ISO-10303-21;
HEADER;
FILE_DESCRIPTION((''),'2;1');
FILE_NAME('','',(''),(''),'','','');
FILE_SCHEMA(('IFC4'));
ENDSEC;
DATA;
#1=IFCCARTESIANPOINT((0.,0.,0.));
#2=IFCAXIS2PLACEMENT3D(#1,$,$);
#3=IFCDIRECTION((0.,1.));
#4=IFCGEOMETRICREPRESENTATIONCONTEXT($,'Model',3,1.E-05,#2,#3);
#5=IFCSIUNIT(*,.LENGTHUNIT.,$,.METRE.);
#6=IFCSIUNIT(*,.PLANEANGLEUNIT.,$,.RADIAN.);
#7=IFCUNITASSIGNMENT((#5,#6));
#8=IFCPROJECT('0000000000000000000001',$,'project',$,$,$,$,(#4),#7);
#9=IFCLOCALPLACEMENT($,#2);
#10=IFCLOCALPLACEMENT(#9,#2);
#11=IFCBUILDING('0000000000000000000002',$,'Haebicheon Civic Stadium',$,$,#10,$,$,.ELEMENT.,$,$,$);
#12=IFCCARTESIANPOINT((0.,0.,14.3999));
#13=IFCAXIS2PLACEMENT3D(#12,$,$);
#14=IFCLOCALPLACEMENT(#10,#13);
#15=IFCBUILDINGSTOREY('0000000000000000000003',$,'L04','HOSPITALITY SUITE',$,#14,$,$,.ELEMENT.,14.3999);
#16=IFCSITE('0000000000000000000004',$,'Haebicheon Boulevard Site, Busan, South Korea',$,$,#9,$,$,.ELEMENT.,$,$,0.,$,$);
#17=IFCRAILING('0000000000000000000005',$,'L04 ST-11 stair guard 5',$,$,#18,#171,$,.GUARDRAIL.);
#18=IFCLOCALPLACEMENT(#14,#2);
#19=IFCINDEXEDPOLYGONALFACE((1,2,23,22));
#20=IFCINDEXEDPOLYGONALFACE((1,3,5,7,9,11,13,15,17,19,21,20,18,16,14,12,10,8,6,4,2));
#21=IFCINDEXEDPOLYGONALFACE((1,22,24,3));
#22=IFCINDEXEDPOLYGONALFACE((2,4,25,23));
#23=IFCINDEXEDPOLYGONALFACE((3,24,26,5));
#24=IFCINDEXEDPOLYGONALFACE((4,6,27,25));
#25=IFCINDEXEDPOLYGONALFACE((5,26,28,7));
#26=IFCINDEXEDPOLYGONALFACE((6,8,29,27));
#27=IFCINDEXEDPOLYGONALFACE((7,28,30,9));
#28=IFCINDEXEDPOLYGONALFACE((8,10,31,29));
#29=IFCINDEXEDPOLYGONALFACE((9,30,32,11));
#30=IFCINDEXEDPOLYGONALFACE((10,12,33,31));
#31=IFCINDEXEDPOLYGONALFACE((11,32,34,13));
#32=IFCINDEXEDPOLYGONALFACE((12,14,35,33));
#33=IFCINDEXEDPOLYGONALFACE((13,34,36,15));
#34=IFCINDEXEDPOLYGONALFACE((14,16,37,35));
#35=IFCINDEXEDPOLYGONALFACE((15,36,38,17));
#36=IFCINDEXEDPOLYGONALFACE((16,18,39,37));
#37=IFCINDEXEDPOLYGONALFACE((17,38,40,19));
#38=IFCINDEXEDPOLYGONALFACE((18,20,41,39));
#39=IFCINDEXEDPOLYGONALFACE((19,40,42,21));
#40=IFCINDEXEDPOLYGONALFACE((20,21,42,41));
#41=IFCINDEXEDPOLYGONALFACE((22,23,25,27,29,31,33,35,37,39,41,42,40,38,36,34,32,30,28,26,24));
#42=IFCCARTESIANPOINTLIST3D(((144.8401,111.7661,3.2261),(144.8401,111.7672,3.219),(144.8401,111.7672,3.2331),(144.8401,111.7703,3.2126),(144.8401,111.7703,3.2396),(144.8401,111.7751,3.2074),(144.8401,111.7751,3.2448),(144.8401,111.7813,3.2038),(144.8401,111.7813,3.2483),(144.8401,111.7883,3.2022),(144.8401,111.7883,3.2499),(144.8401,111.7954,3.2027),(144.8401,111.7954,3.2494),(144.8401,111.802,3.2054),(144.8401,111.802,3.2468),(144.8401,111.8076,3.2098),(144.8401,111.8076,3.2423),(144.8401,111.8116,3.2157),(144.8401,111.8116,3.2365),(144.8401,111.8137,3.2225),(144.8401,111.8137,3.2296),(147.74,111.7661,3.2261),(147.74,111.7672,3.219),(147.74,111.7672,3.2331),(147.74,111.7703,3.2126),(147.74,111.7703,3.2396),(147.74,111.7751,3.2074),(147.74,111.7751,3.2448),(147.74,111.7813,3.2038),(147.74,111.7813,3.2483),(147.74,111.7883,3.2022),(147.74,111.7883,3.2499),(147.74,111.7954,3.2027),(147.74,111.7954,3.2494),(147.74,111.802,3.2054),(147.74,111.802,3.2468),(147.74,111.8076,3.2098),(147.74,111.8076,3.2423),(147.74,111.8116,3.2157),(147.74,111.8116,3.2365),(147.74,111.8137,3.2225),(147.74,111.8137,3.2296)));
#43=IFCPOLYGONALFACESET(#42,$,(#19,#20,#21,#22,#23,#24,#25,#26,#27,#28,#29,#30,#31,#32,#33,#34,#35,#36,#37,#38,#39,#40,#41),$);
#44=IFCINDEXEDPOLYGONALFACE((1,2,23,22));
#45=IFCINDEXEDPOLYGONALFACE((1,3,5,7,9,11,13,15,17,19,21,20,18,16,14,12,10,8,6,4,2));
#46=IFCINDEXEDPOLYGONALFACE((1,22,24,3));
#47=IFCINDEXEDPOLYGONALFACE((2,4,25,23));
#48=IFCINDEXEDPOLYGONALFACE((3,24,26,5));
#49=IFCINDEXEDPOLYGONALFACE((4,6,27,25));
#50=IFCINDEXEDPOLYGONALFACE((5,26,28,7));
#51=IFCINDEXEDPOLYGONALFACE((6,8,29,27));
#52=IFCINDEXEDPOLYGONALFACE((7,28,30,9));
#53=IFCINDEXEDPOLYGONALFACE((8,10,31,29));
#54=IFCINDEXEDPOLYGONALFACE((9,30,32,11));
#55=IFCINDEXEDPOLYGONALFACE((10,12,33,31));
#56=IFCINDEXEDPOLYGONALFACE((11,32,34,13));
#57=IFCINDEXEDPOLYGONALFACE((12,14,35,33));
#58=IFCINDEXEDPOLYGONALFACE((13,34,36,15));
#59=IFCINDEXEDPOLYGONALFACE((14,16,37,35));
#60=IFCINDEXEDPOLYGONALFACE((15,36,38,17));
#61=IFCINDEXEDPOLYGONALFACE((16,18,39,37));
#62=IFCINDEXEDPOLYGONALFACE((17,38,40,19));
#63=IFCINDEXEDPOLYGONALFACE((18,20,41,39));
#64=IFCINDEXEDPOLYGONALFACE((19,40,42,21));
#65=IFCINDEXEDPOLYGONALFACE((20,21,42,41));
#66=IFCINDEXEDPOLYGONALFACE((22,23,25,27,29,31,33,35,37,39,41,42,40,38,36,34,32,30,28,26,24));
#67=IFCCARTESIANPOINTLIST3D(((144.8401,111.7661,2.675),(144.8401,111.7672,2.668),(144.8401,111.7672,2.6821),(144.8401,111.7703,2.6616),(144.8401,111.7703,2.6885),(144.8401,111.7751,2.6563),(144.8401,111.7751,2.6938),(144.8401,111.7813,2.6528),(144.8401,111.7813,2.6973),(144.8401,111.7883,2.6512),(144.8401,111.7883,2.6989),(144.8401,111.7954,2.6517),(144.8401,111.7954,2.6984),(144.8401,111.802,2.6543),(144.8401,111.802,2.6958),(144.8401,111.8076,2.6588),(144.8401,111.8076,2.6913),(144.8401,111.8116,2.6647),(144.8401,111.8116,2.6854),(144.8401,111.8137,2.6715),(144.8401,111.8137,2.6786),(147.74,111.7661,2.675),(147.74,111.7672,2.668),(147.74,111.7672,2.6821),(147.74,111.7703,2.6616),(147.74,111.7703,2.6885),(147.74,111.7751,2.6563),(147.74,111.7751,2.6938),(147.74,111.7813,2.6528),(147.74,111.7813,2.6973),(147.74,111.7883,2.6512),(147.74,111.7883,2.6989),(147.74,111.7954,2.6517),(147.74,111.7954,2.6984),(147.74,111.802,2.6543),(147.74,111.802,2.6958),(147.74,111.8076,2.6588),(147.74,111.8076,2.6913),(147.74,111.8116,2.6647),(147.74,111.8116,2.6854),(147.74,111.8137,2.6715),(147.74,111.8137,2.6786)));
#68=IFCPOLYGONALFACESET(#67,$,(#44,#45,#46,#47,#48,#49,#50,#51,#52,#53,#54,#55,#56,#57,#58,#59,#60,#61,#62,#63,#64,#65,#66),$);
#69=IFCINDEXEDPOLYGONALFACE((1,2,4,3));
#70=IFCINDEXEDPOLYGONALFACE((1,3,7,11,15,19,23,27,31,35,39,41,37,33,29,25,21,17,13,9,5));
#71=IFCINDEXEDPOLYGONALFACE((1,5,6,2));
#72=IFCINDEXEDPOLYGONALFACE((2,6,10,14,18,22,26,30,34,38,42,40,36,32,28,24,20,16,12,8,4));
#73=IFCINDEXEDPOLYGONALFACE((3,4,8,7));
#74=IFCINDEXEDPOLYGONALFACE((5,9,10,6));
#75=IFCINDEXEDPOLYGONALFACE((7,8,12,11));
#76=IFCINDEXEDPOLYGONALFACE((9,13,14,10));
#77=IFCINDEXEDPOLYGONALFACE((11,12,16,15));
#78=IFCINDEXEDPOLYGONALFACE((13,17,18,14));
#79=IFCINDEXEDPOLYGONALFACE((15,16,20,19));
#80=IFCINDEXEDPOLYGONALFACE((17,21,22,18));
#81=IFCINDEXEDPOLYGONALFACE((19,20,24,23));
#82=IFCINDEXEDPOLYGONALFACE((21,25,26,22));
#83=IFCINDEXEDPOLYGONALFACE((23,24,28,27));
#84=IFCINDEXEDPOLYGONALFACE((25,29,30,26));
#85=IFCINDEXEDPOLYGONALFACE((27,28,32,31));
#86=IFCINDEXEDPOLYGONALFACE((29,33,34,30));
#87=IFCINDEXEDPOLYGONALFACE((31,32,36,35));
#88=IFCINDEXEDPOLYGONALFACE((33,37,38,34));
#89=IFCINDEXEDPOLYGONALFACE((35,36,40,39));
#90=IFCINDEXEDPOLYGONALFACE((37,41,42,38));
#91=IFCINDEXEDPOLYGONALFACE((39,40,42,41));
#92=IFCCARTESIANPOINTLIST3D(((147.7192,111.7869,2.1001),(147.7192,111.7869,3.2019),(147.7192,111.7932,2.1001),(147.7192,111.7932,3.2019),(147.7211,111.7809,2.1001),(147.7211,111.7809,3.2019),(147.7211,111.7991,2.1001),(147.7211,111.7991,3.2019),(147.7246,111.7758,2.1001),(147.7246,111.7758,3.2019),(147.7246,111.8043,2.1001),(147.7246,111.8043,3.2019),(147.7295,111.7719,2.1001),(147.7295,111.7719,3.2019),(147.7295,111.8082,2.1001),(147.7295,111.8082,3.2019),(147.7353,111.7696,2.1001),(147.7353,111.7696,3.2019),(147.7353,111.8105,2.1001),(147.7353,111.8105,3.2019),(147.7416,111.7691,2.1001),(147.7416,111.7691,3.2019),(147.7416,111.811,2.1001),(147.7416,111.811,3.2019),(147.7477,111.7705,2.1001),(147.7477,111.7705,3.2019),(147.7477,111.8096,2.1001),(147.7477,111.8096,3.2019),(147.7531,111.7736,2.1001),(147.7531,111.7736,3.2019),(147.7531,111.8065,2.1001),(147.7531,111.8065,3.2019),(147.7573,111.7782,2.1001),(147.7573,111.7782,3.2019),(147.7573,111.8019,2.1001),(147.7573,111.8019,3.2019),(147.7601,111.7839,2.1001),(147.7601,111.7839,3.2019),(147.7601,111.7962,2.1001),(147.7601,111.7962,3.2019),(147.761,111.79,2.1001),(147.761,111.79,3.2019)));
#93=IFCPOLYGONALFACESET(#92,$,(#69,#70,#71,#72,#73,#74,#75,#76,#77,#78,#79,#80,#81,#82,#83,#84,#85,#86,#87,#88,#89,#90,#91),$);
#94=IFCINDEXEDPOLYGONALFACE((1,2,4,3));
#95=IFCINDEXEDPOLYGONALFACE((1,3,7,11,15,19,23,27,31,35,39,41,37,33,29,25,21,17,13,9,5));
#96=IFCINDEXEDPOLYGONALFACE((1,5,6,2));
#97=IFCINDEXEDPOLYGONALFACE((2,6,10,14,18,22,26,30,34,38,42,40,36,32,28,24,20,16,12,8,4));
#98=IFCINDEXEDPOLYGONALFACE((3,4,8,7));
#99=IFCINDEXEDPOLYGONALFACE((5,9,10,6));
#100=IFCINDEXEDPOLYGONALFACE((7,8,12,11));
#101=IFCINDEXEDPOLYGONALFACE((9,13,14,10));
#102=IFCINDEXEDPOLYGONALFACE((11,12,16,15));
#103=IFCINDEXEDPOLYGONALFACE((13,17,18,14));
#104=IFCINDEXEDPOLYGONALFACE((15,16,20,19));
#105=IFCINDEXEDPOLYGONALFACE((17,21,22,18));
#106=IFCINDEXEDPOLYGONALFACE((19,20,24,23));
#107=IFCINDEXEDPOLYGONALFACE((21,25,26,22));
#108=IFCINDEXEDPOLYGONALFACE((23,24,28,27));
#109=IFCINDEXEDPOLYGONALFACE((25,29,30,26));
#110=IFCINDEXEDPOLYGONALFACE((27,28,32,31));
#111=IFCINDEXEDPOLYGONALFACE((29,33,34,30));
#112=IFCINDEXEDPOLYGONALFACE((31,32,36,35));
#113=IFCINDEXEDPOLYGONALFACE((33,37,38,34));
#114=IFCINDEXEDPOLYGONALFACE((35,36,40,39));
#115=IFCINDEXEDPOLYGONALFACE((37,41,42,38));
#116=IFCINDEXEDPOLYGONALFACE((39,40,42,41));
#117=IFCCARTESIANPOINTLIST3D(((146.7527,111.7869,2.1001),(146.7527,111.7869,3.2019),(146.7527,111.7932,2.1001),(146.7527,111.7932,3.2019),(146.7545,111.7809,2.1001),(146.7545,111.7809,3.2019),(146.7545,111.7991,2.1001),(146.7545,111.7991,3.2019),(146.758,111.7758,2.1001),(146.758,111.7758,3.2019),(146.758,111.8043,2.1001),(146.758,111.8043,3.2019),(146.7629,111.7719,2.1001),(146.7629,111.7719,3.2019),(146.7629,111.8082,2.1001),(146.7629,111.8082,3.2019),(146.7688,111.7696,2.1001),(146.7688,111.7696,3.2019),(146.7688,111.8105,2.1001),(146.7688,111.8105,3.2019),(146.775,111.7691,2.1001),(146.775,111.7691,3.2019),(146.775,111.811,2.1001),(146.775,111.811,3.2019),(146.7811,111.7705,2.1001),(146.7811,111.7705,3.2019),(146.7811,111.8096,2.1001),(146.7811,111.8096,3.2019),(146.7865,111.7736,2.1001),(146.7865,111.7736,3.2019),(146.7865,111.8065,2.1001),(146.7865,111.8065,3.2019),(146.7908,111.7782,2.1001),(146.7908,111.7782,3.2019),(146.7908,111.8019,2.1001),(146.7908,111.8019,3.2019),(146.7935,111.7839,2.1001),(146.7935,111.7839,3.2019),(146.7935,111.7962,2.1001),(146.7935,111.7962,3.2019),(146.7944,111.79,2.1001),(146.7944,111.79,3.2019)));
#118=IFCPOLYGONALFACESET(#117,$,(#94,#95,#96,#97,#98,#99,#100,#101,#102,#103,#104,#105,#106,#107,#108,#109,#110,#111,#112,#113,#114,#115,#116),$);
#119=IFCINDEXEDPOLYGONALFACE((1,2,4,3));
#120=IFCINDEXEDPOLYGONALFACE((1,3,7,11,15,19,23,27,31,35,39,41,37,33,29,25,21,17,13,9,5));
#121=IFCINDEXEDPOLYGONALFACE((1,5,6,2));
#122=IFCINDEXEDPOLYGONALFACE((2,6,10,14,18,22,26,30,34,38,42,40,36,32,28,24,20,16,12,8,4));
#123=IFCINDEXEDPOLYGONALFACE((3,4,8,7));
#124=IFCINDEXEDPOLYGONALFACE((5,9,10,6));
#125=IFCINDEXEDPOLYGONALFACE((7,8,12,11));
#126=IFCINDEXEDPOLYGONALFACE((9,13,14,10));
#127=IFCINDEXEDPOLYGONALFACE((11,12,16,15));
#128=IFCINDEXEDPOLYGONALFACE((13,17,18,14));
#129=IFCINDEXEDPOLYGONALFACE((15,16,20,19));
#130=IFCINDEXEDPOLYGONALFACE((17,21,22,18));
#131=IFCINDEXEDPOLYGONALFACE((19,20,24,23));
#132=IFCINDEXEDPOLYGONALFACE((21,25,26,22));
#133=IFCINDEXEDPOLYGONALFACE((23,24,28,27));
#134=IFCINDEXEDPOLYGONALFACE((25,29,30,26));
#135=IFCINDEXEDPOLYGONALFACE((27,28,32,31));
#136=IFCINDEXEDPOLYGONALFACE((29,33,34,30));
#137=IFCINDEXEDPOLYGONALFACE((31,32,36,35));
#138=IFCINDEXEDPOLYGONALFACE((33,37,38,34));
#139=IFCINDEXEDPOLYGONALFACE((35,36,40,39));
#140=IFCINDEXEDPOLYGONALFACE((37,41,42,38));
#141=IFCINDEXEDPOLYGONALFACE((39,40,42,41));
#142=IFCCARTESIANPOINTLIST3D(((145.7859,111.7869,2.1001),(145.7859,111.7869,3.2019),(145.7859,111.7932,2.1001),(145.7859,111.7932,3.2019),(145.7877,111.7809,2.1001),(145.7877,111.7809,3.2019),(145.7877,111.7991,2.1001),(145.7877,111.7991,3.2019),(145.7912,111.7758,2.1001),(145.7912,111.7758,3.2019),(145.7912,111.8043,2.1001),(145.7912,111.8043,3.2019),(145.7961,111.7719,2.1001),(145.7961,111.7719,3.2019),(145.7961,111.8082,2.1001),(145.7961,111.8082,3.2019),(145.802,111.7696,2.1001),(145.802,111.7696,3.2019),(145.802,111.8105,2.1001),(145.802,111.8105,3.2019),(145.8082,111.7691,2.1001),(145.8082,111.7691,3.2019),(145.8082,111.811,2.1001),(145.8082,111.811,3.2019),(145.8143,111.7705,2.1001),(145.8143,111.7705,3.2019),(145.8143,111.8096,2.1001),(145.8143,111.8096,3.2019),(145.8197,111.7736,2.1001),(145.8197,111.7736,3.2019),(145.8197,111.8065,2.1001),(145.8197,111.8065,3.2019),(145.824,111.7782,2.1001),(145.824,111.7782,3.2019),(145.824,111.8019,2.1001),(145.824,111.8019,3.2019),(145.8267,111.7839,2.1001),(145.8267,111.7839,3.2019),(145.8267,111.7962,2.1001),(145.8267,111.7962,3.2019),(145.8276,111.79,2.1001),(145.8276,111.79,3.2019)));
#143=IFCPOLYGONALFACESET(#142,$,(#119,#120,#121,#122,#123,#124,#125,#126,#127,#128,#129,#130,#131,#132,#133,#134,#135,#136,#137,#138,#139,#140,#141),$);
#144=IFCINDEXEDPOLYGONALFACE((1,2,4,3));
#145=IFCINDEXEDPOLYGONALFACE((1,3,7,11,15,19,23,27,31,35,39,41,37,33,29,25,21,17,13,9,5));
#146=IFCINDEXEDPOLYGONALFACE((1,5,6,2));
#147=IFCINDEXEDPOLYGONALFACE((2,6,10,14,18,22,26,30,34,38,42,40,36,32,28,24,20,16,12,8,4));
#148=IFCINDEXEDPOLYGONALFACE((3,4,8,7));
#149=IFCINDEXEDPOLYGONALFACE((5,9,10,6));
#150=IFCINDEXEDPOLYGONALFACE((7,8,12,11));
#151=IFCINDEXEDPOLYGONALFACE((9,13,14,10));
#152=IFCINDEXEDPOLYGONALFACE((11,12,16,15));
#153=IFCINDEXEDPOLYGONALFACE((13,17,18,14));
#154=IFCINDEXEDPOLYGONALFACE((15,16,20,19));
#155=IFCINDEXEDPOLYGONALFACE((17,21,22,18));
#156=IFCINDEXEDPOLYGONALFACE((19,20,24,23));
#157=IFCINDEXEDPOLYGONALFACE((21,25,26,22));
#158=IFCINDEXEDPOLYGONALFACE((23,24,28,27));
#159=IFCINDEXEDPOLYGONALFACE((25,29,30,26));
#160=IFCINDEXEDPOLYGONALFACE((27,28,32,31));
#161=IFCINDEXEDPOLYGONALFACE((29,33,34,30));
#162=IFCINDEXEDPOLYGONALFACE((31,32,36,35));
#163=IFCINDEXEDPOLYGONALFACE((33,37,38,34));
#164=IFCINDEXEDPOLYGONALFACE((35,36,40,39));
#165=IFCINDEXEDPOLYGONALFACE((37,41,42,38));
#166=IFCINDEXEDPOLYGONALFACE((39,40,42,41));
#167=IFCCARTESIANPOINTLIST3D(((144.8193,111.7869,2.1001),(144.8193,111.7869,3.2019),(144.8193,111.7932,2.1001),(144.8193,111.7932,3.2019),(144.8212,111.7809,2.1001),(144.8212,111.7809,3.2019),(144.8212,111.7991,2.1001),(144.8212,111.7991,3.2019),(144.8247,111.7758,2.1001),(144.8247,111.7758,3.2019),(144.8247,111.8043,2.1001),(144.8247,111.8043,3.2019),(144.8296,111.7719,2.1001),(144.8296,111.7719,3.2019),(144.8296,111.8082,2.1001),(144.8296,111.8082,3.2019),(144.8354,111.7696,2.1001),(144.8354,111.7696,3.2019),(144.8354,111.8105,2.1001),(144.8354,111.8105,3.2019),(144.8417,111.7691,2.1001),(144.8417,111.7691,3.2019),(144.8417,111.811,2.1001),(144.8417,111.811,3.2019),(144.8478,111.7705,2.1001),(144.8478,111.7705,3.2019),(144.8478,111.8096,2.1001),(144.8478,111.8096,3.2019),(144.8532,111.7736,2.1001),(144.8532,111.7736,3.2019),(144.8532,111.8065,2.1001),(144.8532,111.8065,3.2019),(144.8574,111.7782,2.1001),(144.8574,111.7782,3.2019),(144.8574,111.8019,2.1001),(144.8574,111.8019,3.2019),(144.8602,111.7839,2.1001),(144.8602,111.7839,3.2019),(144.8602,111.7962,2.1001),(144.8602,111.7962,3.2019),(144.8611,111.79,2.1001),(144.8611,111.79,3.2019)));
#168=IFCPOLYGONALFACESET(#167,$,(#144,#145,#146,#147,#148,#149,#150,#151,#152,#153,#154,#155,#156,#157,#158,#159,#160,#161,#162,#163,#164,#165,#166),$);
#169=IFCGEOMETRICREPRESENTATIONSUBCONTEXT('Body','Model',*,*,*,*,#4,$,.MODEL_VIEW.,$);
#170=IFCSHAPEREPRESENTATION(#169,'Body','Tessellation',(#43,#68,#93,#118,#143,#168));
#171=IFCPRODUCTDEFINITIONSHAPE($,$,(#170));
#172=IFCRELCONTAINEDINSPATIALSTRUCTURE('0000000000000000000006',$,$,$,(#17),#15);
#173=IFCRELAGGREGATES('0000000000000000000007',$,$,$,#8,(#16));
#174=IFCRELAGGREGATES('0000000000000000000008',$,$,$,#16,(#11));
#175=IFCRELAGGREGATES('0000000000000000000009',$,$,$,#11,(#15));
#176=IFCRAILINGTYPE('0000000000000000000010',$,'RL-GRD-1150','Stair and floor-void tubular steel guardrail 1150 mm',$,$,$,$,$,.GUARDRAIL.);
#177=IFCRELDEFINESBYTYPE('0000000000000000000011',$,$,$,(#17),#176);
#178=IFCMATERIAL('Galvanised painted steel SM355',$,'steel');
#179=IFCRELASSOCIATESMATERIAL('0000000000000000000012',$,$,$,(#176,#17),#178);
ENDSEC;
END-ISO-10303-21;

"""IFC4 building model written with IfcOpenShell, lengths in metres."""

from ifc_helpers import new_model, si_unit, direction, frame, origin, origin_2d, place, context, subcontext, project, spatial, circle, extrude, material, type_object, element, save


model = new_model("IFC4")

# Units and contexts
model_context = context("Model", 3, precision=1e-05, world=origin(), true_north=direction((0.0, 1.0)))
body_context = subcontext(model_context, "Body", "Model", "MODEL_VIEW")
ifc_project = project(units=[si_unit("LENGTHUNIT", "METRE"), si_unit("PLANEANGLEUNIT", "RADIAN")], contexts=[model_context])

# Site, building, storey
site_placement = place(None, origin())
site = spatial("IfcSite", under=ifc_project, at=site_placement, Name="Haebicheon Boulevard Site, Busan, South Korea", CompositionType="ELEMENT", RefElevation=0.0)
building_placement = place(site_placement, origin())
building = spatial("IfcBuilding", under=site, at=building_placement, Name="Haebicheon Civic Stadium", CompositionType="ELEMENT")
storey_placement = place(building_placement, frame((0.0, 0.0, 14.3999)))
storey = spatial("IfcBuildingStorey", under=building, at=storey_placement, Name="L04", Description="HOSPITALITY SUITE", CompositionType="ELEMENT", Elevation=14.3999)

# Railing
ifc_material_1 = material(Name="Galvanised painted steel SM355", Category="steel")
railing_type = type_object("IfcRailingType", Name="RL-GRD-1150", Description="Stair and floor-void tubular steel guardrail 1150 mm", PredefinedType="GUARDRAIL", material=ifc_material_1)
railing_1_placement = place(storey_placement, frame((147.74, 111.79, 2.1001)))
element("IfcRailing", 1, at=railing_1_placement, inside=storey, type_object=railing_type, material=ifc_material_1, Name="L04 ST-11 stair guard 5", PredefinedType="GUARDRAIL", context=body_context, shape_type="SweptSolid", body=[
    extrude(circle(Radius=0.0239, at=origin_2d()), frame((0.0, 0.0, 1.126), z_axis=(-1.0, 0.0, 0.0), x_axis=(0.0, -1.0, 0.0)), (0.0, 0.0, 1.0), 2.8999),
    extrude(circle(Radius=0.0239, at=origin_2d()), frame((0.0, 0.0, 0.575), z_axis=(-1.0, 0.0, 0.0), x_axis=(0.0, -1.0, 0.0)), (0.0, 0.0, 1.0), 2.8999),
    extrude(circle(Radius=0.021, at=origin_2d()), origin(), (0.0, 0.0, 1.0), 1.1018),
    extrude(circle(Radius=0.021, at=origin_2d()), frame((-0.9666, 0.0, 0.0)), (0.0, 0.0, 1.0), 1.1018),
    extrude(circle(Radius=0.021, at=origin_2d()), frame((-1.9333, 0.0, 0.0)), (0.0, 0.0, 1.0), 1.1018),
    extrude(circle(Radius=0.021, at=origin_2d()), frame((-2.8999, 0.0, 0.0)), (0.0, 0.0, 1.0), 1.1018),
])

save(model, "model.ifc")
